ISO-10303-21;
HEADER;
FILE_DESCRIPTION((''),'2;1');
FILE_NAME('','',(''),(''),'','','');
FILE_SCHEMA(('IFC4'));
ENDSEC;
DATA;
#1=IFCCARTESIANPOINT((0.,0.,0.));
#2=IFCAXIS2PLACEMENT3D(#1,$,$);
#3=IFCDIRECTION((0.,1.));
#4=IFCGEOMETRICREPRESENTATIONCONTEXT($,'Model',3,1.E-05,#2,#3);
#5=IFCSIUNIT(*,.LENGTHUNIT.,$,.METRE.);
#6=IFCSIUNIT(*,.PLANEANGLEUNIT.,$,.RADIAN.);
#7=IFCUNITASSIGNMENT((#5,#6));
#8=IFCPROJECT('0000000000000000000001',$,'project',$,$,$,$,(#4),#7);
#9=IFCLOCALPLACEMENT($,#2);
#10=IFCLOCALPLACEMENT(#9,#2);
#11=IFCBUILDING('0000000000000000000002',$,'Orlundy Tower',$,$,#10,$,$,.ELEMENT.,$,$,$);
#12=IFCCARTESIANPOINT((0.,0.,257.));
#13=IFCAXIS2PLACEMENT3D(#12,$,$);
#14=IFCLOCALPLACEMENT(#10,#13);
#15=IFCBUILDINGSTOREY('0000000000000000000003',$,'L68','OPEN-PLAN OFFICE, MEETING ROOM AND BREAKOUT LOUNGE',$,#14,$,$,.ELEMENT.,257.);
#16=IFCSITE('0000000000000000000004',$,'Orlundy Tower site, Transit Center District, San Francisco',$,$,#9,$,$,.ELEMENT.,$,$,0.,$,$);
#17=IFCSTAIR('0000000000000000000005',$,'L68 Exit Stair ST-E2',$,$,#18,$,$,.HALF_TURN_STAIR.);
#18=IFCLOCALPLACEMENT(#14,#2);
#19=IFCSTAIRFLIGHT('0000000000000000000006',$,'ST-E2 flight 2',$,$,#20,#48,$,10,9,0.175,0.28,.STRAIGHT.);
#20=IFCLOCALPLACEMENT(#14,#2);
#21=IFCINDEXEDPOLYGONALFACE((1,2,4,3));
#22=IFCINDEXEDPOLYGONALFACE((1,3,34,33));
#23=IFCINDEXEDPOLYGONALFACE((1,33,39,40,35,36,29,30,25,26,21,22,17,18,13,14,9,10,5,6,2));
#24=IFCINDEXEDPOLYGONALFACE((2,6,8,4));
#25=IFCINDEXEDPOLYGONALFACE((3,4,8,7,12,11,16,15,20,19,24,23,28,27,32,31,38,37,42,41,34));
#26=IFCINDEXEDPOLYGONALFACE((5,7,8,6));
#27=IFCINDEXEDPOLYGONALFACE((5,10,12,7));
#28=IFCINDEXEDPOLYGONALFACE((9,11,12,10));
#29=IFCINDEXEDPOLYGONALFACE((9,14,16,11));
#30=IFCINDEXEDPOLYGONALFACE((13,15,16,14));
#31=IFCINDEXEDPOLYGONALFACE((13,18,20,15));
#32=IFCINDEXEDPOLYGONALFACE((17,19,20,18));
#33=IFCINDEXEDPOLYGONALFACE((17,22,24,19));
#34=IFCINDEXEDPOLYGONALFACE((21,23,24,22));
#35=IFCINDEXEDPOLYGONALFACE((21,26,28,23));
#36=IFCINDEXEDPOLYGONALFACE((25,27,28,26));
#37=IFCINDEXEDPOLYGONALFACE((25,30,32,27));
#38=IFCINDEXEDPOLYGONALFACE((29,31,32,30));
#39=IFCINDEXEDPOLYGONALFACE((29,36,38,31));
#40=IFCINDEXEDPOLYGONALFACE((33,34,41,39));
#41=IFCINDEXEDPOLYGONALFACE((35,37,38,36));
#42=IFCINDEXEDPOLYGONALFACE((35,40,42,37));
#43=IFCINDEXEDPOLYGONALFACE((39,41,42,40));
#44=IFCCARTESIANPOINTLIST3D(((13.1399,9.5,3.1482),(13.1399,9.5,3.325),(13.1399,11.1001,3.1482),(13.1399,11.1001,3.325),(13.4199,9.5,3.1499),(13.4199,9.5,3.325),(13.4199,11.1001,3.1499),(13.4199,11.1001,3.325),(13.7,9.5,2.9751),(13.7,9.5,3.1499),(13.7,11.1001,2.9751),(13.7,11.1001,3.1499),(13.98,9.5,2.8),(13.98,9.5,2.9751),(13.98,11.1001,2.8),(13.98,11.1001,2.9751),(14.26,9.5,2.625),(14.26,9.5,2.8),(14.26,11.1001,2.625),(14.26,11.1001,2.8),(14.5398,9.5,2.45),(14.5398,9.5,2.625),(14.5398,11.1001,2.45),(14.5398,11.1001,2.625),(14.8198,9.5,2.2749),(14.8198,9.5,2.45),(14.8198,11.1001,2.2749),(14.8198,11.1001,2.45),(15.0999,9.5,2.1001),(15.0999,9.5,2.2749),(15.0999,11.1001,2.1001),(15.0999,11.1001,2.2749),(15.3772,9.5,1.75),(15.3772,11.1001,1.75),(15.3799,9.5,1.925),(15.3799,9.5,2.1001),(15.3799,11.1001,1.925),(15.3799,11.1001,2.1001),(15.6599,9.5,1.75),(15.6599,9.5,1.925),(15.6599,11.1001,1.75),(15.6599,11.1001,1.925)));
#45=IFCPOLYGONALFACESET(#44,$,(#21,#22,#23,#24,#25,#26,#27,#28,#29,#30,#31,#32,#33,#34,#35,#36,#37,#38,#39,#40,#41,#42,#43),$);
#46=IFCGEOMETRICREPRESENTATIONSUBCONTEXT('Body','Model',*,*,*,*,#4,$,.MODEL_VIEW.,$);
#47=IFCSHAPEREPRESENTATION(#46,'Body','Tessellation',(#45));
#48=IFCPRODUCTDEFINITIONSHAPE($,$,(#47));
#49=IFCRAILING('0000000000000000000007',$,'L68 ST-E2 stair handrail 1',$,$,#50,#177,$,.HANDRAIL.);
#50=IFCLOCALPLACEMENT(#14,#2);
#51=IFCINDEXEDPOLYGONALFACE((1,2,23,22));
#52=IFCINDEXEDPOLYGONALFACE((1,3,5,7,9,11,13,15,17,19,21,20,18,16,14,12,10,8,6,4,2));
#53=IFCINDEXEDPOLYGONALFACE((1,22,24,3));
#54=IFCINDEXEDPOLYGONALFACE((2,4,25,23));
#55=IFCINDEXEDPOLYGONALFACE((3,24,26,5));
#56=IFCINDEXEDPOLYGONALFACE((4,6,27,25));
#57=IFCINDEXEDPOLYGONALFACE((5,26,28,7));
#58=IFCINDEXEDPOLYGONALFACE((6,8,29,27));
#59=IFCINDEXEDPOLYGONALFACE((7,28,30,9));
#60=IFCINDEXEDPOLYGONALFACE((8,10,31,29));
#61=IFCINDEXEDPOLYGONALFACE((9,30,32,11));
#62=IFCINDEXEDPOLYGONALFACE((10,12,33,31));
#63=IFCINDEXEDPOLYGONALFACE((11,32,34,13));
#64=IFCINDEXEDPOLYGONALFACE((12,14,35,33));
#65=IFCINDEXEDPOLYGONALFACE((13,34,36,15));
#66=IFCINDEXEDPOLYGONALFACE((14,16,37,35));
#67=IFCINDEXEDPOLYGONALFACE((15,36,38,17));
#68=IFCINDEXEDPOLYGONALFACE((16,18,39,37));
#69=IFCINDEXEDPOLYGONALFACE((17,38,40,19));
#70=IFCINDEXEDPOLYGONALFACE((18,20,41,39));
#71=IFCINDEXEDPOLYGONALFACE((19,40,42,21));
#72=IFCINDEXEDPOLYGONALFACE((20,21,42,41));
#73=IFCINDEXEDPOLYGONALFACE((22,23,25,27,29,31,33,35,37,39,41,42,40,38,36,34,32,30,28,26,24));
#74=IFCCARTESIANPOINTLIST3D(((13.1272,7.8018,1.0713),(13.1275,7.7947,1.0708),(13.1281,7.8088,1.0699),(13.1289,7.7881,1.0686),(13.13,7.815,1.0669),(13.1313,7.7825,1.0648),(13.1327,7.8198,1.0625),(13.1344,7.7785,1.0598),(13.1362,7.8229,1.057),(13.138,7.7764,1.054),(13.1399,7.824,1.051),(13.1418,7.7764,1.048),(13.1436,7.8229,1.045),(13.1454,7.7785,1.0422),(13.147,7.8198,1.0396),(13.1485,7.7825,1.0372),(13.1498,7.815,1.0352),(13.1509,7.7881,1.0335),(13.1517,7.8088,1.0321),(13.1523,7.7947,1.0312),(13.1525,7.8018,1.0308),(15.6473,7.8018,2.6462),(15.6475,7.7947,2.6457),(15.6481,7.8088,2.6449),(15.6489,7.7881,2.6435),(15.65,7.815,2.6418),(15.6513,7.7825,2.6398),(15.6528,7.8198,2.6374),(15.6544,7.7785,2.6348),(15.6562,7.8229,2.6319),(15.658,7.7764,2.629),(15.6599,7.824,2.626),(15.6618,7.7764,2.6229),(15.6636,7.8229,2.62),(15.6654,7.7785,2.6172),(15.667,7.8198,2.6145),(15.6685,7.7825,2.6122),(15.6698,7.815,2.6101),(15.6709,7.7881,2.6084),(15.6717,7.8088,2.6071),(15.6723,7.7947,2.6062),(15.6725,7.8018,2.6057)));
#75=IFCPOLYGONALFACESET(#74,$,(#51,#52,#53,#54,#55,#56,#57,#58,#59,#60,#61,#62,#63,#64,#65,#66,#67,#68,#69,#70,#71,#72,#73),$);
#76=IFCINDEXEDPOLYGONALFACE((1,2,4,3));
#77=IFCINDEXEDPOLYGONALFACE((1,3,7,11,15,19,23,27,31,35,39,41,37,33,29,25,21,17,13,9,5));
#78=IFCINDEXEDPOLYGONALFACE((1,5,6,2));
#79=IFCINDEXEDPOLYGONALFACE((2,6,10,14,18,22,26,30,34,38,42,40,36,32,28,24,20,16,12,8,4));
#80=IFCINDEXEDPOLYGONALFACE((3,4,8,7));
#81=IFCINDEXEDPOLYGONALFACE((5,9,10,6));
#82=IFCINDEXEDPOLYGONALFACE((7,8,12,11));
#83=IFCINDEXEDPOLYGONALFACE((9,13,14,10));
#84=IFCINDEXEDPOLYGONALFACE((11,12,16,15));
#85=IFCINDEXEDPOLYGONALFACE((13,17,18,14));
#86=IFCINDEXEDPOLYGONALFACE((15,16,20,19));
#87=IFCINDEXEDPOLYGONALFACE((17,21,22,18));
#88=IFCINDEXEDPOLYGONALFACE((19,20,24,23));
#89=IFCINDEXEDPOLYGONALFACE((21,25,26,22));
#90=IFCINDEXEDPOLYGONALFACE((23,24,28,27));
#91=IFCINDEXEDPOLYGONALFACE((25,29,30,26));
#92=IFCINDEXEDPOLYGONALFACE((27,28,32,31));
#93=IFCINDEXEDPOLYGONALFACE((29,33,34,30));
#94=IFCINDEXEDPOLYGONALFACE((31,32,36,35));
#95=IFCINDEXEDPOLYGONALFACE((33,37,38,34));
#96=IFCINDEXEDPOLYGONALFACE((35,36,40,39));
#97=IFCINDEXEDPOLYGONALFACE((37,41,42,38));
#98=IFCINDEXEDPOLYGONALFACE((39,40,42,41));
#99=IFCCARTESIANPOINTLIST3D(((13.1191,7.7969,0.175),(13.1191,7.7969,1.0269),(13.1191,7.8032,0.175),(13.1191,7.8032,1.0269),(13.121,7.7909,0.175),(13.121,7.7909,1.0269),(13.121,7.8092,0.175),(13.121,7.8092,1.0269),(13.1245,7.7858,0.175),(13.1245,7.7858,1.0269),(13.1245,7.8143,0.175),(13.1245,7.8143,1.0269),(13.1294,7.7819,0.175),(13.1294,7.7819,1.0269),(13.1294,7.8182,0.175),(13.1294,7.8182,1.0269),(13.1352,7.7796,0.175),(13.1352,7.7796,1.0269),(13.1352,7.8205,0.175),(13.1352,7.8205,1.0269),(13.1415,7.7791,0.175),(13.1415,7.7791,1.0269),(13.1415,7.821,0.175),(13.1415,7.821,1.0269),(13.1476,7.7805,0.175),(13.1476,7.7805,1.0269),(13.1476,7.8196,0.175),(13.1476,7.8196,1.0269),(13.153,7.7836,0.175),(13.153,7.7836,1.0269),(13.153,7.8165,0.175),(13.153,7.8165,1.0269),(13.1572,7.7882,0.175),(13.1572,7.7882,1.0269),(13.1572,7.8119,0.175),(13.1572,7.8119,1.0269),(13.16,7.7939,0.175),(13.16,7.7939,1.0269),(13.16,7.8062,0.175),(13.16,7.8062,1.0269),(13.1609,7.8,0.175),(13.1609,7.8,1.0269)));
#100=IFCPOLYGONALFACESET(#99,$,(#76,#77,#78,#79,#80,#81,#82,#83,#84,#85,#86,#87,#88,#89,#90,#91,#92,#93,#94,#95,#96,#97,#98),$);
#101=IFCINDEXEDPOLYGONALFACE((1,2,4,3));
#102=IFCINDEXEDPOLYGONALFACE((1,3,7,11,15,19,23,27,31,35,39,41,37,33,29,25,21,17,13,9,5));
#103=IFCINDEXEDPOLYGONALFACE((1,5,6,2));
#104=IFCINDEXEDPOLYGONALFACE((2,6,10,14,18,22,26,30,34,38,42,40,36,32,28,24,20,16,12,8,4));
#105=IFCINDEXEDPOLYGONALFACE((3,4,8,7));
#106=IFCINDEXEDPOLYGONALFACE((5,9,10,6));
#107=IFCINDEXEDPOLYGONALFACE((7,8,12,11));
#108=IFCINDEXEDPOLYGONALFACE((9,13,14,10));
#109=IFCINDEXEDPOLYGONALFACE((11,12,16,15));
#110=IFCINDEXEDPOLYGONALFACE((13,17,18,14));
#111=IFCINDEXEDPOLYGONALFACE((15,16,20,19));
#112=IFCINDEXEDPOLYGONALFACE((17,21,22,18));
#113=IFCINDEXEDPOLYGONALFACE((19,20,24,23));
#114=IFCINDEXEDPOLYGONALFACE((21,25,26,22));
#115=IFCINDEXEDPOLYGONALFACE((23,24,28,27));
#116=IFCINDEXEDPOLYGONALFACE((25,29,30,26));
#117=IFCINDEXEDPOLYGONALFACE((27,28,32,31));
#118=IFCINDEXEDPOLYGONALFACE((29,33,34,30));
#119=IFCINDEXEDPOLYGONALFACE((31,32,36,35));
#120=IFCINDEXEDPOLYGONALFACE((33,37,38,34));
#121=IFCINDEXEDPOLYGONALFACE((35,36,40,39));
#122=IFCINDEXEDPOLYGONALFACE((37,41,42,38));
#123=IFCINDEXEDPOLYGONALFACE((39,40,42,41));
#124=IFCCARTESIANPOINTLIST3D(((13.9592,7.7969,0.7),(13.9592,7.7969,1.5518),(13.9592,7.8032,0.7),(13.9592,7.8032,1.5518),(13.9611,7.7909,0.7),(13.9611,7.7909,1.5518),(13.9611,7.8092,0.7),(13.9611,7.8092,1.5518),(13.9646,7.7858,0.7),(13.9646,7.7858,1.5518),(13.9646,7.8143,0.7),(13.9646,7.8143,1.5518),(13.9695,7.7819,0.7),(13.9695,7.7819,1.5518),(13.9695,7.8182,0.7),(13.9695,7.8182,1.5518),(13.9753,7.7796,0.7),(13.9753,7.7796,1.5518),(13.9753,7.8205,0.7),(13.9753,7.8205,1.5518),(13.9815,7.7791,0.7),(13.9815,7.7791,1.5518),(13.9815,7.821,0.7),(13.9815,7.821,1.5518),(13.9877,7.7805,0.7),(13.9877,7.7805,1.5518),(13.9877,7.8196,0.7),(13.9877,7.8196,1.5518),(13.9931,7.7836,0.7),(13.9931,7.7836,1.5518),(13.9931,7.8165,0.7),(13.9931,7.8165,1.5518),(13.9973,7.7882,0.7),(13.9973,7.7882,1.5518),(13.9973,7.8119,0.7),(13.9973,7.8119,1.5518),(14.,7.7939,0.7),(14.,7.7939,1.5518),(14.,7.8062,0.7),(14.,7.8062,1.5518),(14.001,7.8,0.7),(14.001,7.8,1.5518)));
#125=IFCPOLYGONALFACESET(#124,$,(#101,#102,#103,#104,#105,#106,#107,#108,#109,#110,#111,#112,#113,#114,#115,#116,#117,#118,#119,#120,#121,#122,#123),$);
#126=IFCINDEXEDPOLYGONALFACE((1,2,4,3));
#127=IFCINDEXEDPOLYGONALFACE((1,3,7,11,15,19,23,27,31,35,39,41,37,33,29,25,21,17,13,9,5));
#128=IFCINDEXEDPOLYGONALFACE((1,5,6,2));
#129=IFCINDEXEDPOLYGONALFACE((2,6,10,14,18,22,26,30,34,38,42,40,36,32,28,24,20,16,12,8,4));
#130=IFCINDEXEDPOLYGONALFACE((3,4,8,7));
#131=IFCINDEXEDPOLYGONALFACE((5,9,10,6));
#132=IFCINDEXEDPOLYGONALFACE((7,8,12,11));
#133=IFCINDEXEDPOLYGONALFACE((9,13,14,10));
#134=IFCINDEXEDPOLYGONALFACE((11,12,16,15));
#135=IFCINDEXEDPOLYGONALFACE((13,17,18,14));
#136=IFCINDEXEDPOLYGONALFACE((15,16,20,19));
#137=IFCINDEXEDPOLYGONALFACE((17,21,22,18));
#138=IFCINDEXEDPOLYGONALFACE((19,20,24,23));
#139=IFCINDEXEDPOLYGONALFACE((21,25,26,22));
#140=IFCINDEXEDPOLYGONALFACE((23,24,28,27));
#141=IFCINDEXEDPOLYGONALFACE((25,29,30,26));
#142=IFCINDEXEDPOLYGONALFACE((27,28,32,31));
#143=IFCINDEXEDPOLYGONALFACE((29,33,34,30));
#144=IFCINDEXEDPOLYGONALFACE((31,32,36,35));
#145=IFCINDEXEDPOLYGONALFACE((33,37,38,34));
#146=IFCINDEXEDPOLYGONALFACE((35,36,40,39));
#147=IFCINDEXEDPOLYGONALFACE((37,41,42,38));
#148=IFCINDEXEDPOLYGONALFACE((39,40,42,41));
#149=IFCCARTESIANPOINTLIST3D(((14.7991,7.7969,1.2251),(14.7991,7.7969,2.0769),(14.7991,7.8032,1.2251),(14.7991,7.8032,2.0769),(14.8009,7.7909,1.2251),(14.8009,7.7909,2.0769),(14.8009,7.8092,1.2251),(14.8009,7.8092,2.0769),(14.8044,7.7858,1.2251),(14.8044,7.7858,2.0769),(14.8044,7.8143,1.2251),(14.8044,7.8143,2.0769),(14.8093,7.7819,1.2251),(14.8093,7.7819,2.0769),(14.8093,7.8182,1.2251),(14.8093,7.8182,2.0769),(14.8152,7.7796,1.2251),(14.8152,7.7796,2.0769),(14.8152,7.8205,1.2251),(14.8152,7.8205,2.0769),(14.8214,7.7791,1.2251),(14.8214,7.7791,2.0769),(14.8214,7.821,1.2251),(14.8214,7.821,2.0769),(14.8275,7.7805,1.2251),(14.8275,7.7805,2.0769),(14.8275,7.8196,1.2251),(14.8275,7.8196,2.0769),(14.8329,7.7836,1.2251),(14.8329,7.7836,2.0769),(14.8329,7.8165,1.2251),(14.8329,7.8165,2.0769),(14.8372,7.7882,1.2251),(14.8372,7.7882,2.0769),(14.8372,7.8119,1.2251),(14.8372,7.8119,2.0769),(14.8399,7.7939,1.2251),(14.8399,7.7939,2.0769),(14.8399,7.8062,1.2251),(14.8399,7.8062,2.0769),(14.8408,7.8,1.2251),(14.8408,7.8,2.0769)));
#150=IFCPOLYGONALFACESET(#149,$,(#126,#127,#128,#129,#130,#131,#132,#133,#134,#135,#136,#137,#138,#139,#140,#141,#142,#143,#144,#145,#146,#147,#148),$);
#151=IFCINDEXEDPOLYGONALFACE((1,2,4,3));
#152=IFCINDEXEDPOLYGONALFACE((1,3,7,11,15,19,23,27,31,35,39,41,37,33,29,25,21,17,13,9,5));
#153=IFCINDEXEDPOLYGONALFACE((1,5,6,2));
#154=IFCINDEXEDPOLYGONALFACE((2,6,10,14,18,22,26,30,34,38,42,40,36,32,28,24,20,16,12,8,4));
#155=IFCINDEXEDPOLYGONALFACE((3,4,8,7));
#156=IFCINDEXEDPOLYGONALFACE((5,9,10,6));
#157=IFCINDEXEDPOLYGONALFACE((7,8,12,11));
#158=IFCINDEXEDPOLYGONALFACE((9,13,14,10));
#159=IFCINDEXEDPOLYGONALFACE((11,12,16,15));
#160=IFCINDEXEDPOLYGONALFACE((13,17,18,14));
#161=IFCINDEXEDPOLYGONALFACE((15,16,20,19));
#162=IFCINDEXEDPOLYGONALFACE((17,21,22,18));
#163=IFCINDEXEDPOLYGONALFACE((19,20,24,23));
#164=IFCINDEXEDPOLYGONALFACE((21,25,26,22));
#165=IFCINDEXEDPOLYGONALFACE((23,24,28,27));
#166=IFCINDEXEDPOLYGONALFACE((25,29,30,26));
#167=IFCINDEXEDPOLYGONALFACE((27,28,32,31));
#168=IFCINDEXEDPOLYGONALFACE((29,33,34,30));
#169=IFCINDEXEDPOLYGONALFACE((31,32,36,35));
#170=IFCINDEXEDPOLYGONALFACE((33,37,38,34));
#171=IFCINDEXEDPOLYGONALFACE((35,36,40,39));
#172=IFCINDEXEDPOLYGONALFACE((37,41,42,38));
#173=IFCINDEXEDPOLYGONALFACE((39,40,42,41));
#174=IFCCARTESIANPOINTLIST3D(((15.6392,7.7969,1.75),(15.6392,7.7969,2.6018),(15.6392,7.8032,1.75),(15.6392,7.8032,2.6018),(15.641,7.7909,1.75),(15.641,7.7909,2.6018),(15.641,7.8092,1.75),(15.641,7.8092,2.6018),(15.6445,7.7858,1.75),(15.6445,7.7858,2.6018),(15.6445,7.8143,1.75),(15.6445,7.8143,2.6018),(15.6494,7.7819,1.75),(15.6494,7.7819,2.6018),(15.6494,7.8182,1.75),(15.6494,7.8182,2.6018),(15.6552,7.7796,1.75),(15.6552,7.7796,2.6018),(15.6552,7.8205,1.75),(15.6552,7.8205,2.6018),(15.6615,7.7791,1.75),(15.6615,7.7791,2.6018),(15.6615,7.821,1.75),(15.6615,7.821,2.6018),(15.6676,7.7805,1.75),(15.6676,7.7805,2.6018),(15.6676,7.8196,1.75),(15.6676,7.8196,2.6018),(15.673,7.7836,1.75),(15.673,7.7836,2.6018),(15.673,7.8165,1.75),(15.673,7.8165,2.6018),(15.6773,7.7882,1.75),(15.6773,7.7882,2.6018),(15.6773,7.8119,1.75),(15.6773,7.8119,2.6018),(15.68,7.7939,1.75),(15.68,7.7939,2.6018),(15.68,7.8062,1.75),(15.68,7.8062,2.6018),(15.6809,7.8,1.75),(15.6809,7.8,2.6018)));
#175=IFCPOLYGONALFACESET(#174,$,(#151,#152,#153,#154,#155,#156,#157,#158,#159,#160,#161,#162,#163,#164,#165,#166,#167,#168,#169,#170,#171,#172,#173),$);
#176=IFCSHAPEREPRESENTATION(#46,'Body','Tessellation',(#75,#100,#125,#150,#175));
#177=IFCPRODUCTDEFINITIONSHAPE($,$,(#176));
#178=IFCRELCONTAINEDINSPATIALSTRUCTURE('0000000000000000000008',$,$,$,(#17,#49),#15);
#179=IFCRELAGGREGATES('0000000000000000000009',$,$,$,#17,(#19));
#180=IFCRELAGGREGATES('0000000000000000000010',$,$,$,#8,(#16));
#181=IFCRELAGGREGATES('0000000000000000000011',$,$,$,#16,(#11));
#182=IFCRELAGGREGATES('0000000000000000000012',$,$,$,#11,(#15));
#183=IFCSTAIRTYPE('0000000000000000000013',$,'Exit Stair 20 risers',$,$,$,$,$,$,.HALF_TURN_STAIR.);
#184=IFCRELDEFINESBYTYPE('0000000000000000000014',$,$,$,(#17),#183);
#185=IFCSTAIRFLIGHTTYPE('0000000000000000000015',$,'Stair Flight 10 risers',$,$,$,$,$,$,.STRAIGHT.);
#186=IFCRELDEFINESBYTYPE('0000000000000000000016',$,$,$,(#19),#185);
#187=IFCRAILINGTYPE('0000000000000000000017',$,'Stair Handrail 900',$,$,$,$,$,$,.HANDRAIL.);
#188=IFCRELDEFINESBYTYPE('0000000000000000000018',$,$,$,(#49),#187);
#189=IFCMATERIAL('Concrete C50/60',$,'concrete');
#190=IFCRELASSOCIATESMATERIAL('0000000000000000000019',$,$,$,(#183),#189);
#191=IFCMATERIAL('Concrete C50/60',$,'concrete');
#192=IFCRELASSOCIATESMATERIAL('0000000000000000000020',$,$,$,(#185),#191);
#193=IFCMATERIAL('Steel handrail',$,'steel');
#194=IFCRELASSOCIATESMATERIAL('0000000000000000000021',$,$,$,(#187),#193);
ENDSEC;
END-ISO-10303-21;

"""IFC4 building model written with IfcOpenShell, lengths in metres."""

from ifc_helpers import new_model, si_unit, direction, frame, origin, origin_2d, place, context, subcontext, project, spatial, polyline, circle, outline, extrude, material, type_object, element, aggregate, save


model = new_model("IFC4")

# Units and contexts
model_context = context("Model", 3, precision=1e-05, world=origin(), true_north=direction((0.0, 1.0)))
body_context = subcontext(model_context, "Body", "Model", "MODEL_VIEW")
ifc_project = project(units=[si_unit("LENGTHUNIT", "METRE"), si_unit("PLANEANGLEUNIT", "RADIAN")], contexts=[model_context])

# Site, building, storey
site_placement = place(None, origin())
site = spatial("IfcSite", under=ifc_project, at=site_placement, Name="Orlundy Tower site, Transit Center District, San Francisco", CompositionType="ELEMENT", RefElevation=0.0)
building_placement = place(site_placement, origin())
building = spatial("IfcBuilding", under=site, at=building_placement, Name="Orlundy Tower", CompositionType="ELEMENT")
storey_placement = place(building_placement, frame((0.0, 0.0, 257.0)))
storey = spatial("IfcBuildingStorey", under=building, at=storey_placement, Name="L68", Description="OPEN-PLAN OFFICE, MEETING ROOM AND BREAKOUT LOUNGE", CompositionType="ELEMENT", Elevation=257.0)

# Stair, stair flight
ifc_material_1 = material(Name="Concrete C50/60", Category="concrete")
stair_type = type_object("IfcStairType", Name="Exit Stair 20 risers", PredefinedType="HALF_TURN_STAIR", material=ifc_material_1)
stair_placement = place(storey_placement, origin())
stair = element("IfcStair", 1, at=stair_placement, inside=storey, type_object=stair_type, Name="L68 Exit Stair ST-E2", PredefinedType="HALF_TURN_STAIR")
ifc_material_2 = material(Name="Concrete C50/60", Category="concrete")
stair_flight_type = type_object("IfcStairFlightType", Name="Stair Flight 10 risers", PredefinedType="STRAIGHT", material=ifc_material_2)
stair_flight_1_placement = place(storey_placement, frame((15.6599, 10.3, 1.75), z_axis=(0.0, 0.0, 1.0), x_axis=(-1.0, 0.0, 0.0)))
stair_flight_1 = element("IfcStairFlight", 2, at=stair_flight_1_placement, type_object=stair_flight_type, Name="ST-E2 flight 2", NumberOfRisers=10, NumberOfTreads=9, PredefinedType="STRAIGHT", RiserHeight=0.175, TreadLength=0.28, context=body_context, shape_type="SweptSolid", body=[
    extrude(outline(polyline([(0.0, 0.0), (0.0, 0.175), (0.28, 0.175), (0.28, 0.3501), (0.5601, 0.3501), (0.5601, 0.5249), (0.8401, 0.5249), (0.8401, 0.7), (1.1201, 0.7), (1.1201, 0.875), (1.3999, 0.875), (1.3999, 1.05), (1.6799, 1.05), (1.6799, 1.2251), (1.96, 1.2251), (1.96, 1.3999), (2.24, 1.3999), (2.24, 1.575), (2.52, 1.575), (2.52, 1.75), (2.52, 1.3982), (0.2827, 0.0), (0.0, 0.0)])), frame((0.0, 0.8, 0.0), z_axis=(0.0, -1.0, 0.0), x_axis=(1.0, 0.0, 0.0)), (0.0, 0.0, 1.0), 1.6001),
])
aggregate(stair, [stair_flight_1])

# Railing
ifc_material_3 = material(Name="Steel handrail", Category="steel")
railing_type_1 = type_object("IfcRailingType", Name="Stair Handrail 900", PredefinedType="HANDRAIL", material=ifc_material_3)
railing_1_placement = place(storey_placement, frame((13.1399, 7.8, 0.175)))
element("IfcRailing", 3, at=railing_1_placement, inside=storey, type_object=railing_type_1, Name="L68 ST-E2 stair handrail 1", PredefinedType="HANDRAIL", context=body_context, shape_type="SweptSolid", body=[
    extrude(circle(Radius=0.0239, at=origin_2d()), frame((0.0, 0.0, 0.876), z_axis=(0.848008, 0.0, 0.529984), x_axis=(0.0, 1.0, 0.0)), (0.0, 0.0, 1.0), 2.9717),
    extrude(circle(Radius=0.021, at=origin_2d()), origin(), (0.0, 0.0, 1.0), 0.8518),
    extrude(circle(Radius=0.021, at=origin_2d()), frame((0.8401, 0.0, 0.5249)), (0.0, 0.0, 1.0), 0.8518),
    extrude(circle(Radius=0.021, at=origin_2d()), frame((1.6799, 0.0, 1.05)), (0.0, 0.0, 1.0), 0.8518),
    extrude(circle(Radius=0.021, at=origin_2d()), frame((2.52, 0.0, 1.575)), (0.0, 0.0, 1.0), 0.8518),
])

save(model, "model.ifc")
